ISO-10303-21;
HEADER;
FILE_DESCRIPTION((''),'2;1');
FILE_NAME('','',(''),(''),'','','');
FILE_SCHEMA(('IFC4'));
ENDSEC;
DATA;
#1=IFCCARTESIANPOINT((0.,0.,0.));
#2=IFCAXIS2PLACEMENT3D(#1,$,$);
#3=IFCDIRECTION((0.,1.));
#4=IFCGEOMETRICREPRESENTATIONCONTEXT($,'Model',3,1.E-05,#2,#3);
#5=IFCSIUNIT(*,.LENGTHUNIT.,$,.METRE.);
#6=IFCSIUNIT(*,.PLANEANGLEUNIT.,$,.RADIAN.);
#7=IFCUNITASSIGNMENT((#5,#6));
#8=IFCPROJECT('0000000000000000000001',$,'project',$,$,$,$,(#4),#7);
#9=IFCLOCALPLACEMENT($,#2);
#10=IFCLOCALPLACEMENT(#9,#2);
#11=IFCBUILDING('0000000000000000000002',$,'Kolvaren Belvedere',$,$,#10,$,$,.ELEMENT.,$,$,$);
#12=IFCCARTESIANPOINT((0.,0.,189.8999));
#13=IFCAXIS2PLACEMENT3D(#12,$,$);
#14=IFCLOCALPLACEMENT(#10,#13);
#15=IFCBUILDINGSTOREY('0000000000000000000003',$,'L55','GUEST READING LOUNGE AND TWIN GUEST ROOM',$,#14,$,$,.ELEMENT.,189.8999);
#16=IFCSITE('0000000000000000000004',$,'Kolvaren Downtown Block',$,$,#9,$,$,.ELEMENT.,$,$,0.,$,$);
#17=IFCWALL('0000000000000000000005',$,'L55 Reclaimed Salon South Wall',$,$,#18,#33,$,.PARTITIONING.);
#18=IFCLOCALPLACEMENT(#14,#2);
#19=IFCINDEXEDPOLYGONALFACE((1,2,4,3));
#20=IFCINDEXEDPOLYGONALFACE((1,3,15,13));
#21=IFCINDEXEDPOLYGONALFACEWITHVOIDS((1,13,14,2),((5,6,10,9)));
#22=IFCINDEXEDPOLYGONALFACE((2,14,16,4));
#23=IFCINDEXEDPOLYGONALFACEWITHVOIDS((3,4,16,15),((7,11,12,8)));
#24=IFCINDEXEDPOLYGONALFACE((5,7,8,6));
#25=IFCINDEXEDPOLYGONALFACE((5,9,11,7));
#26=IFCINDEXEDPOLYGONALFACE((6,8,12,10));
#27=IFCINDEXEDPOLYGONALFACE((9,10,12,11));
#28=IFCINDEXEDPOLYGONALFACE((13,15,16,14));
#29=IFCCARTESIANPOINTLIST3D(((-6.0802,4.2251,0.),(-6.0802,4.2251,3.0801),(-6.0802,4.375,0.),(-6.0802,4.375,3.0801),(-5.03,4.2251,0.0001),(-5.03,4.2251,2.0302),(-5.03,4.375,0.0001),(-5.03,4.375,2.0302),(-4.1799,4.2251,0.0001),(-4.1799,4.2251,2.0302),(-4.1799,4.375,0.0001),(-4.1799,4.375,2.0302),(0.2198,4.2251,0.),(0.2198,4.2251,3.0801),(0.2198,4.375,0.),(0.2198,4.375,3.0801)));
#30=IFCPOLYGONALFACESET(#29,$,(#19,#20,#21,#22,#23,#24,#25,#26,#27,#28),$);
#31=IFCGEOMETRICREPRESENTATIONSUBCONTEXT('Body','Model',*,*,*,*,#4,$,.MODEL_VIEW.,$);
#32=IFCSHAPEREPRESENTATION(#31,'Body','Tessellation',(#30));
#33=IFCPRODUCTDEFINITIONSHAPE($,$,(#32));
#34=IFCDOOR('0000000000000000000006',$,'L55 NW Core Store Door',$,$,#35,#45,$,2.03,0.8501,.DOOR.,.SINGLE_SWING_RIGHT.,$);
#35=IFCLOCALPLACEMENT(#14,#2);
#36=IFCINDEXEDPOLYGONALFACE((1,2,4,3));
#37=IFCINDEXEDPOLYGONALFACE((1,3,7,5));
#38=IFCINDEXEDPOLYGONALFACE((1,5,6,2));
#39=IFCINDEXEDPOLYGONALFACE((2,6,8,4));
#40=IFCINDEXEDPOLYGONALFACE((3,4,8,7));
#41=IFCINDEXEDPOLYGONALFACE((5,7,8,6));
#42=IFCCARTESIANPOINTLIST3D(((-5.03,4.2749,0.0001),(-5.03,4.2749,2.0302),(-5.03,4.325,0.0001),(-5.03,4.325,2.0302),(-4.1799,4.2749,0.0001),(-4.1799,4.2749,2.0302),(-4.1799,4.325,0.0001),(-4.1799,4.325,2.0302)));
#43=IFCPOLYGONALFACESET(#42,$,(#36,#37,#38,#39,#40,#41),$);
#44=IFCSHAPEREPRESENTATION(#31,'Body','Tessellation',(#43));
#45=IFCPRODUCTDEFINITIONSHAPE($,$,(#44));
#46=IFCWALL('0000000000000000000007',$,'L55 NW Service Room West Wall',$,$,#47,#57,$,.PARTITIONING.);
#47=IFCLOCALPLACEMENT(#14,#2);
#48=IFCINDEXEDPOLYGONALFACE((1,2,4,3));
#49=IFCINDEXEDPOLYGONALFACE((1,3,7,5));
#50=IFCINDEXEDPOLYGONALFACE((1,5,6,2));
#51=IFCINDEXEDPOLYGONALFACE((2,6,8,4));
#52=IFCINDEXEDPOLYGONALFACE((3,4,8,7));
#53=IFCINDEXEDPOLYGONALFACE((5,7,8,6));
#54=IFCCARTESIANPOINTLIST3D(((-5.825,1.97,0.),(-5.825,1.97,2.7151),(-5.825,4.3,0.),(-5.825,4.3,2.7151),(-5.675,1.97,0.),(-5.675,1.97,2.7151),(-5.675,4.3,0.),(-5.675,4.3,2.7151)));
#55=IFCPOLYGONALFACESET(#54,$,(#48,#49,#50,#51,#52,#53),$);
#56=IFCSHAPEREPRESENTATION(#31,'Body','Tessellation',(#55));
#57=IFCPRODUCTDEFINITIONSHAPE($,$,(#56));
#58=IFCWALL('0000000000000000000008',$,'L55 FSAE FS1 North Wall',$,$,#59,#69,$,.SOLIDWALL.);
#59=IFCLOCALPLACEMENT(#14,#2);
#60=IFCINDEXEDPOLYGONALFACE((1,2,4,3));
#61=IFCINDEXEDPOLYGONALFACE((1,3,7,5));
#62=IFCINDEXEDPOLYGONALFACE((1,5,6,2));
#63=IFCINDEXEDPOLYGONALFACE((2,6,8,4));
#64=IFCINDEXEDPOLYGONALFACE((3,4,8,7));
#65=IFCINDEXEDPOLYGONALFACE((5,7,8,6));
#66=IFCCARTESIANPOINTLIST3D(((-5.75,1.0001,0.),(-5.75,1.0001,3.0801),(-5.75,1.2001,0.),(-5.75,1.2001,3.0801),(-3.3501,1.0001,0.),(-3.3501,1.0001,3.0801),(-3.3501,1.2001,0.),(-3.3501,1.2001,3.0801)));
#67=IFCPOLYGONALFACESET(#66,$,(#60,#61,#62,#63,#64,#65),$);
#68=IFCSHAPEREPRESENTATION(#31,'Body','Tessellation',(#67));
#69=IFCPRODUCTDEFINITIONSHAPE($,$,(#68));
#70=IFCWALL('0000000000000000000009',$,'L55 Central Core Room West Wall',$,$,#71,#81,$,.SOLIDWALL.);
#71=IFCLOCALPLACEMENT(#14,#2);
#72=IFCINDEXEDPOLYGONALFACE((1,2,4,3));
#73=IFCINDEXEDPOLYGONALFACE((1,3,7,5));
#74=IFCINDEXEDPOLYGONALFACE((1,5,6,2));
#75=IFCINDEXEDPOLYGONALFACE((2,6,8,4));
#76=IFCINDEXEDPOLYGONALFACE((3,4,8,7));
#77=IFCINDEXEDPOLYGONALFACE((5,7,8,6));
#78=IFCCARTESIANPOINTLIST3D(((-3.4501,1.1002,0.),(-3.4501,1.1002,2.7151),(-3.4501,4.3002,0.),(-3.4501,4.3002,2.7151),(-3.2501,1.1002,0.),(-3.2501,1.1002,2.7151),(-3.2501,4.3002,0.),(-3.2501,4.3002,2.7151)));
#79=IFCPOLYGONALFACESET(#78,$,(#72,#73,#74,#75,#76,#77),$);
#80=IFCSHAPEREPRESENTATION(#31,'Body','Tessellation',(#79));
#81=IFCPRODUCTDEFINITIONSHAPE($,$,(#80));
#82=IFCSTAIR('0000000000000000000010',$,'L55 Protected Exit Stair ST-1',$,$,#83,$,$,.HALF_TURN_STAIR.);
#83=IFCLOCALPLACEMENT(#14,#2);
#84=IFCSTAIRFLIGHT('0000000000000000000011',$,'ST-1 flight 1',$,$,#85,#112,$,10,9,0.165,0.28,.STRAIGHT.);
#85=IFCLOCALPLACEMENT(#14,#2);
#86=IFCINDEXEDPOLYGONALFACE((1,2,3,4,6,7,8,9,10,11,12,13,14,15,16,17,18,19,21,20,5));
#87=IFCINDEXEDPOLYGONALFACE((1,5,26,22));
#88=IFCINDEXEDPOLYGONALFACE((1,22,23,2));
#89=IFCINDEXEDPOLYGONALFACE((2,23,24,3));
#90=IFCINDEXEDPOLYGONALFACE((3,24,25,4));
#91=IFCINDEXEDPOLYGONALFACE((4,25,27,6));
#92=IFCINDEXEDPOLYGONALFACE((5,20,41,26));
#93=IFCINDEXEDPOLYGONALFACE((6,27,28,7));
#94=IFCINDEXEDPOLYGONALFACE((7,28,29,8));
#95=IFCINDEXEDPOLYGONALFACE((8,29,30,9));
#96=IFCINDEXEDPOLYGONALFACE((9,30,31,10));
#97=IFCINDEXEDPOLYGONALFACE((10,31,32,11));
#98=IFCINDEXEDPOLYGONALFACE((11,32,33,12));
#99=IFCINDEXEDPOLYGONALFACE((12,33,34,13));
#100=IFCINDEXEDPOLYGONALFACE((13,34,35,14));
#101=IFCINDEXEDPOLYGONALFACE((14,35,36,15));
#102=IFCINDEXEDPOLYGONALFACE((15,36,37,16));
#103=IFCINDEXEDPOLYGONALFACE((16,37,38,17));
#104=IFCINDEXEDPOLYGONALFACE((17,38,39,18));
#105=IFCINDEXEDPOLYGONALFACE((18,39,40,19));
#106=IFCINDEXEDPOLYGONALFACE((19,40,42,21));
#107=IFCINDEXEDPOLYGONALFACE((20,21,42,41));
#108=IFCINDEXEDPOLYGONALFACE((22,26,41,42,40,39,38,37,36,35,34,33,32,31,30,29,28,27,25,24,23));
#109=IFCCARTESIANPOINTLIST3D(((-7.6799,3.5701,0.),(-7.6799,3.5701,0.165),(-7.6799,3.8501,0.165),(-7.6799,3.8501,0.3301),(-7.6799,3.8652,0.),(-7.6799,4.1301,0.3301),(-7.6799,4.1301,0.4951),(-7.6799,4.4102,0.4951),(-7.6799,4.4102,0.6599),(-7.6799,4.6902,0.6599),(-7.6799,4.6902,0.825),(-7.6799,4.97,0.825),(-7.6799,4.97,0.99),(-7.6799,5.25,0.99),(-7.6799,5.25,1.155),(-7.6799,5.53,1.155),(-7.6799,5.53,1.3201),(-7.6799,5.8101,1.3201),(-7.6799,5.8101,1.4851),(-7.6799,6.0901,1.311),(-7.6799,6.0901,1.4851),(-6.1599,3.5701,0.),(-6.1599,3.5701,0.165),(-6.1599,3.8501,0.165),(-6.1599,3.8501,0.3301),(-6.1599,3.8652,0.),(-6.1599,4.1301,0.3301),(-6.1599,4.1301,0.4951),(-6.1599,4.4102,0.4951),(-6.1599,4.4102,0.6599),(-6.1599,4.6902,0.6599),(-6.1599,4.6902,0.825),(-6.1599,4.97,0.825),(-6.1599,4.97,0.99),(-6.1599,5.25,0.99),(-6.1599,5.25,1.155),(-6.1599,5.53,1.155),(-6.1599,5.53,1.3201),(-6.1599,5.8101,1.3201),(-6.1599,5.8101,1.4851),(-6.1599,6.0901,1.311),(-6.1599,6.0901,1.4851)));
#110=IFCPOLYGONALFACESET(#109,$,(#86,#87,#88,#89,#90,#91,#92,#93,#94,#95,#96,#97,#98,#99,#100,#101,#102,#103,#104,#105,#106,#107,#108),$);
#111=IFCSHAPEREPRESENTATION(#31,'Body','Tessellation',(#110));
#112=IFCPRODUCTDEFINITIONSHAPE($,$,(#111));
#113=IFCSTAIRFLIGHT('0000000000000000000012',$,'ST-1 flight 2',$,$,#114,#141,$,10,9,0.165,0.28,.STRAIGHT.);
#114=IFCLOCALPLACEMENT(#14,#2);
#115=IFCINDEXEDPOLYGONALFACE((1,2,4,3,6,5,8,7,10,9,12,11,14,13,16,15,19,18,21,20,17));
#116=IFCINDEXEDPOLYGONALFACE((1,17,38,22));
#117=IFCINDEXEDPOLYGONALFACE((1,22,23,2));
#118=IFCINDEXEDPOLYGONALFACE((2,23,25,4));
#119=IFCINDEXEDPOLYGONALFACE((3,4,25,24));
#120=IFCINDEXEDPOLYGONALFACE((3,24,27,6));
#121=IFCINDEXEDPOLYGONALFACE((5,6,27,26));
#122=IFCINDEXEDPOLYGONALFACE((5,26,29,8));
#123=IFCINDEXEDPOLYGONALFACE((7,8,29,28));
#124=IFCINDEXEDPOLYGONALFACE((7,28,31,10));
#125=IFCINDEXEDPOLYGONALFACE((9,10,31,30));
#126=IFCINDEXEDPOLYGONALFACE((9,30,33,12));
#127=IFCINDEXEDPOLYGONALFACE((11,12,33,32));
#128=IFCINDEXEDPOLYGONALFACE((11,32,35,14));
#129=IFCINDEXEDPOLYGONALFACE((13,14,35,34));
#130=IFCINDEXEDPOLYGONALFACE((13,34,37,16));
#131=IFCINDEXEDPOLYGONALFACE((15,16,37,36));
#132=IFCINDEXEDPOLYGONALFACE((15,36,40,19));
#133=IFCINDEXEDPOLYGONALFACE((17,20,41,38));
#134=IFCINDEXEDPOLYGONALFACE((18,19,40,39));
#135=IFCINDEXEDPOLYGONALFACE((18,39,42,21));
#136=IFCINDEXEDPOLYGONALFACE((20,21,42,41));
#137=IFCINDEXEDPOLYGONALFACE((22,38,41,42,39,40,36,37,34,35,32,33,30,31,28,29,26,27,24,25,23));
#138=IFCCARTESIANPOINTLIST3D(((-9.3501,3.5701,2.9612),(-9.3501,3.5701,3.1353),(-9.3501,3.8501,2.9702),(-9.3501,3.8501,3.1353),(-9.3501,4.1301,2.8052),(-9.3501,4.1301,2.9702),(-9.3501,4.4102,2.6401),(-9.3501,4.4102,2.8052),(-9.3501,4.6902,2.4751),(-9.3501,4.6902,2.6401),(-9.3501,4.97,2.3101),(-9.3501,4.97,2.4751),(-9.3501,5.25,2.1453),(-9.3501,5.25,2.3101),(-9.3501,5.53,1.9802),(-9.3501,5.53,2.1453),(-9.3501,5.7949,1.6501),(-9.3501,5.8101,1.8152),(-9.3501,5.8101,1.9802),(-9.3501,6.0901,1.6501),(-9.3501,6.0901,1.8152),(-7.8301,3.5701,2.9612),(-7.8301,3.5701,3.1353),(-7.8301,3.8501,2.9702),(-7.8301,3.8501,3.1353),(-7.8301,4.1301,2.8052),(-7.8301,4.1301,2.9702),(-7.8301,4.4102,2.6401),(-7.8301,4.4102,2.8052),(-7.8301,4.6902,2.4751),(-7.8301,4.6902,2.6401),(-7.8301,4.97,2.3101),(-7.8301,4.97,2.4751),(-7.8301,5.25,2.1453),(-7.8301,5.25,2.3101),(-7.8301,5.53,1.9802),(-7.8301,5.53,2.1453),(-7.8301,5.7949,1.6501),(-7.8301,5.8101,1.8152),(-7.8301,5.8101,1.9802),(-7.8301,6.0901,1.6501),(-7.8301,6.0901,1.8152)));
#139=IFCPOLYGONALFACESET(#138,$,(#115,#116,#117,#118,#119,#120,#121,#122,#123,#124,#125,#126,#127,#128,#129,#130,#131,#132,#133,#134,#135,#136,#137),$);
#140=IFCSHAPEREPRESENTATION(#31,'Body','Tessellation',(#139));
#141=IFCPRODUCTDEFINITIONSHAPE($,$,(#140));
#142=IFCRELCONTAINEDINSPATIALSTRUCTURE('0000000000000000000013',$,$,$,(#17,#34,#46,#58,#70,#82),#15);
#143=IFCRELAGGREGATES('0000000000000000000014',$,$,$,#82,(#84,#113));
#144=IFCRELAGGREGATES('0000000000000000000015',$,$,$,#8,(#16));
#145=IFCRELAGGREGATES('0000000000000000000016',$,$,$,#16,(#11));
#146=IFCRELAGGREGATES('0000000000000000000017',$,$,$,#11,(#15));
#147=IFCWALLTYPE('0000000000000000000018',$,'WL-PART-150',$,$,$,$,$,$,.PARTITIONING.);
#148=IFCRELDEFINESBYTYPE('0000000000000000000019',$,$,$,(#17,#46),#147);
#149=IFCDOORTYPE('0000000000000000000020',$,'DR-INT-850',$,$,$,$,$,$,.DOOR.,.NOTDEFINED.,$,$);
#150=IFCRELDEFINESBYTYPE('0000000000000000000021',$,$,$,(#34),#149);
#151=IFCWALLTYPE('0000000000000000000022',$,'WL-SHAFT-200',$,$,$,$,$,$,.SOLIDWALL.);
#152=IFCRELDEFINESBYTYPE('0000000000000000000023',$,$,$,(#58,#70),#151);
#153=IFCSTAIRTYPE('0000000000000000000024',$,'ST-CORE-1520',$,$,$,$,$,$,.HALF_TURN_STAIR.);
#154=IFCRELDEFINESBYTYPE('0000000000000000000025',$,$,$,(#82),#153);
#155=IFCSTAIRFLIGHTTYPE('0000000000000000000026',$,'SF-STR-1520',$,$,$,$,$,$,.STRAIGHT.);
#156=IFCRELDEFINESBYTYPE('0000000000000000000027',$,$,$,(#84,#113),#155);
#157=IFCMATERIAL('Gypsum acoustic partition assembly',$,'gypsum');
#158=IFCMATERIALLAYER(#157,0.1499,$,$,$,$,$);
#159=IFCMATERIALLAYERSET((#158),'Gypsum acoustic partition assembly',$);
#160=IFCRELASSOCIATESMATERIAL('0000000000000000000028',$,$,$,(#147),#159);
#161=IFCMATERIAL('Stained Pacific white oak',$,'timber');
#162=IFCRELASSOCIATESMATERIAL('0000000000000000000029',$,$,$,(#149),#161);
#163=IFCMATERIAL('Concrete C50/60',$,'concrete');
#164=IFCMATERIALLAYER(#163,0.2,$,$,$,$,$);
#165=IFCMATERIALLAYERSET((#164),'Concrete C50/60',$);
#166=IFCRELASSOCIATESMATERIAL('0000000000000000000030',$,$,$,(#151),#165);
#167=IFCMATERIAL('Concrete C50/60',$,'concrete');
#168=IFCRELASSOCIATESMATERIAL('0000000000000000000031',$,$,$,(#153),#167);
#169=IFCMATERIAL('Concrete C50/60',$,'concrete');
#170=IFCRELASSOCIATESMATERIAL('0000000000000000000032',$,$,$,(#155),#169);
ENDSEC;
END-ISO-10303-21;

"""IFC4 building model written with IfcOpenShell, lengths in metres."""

from ifc_helpers import new_model, si_unit, direction, frame, frame_2d, origin, place, context, subcontext, project, spatial, polyline, rectangle, outline, extrude, material, layer, layer_set, type_object, element, fill, aggregate, save


model = new_model("IFC4")

# Units and contexts
model_context = context("Model", 3, precision=1e-05, world=origin(), true_north=direction((0.0, 1.0)))
body_context = subcontext(model_context, "Body", "Model", "MODEL_VIEW")
ifc_project = project(units=[si_unit("LENGTHUNIT", "METRE"), si_unit("PLANEANGLEUNIT", "RADIAN")], contexts=[model_context])

# Site, building, storey
site_placement = place(None, origin())
site = spatial("IfcSite", under=ifc_project, at=site_placement, Name="Kolvaren Downtown Block", CompositionType="ELEMENT", RefElevation=0.0)
building_placement = place(site_placement, origin())
building = spatial("IfcBuilding", under=site, at=building_placement, Name="Kolvaren Belvedere", CompositionType="ELEMENT")
storey_placement = place(building_placement, frame((0.0, 0.0, 189.8999)))
storey = spatial("IfcBuildingStorey", under=building, at=storey_placement, Name="L55", Description="GUEST READING LOUNGE AND TWIN GUEST ROOM", CompositionType="ELEMENT", Elevation=189.8999)

# Wall, opening, door
ifc_material_1 = material(Name="Gypsum acoustic partition assembly", Category="gypsum")
ifc_layer_1 = layer(ifc_material_1, 0.1499)
ifc_layer_set_1 = layer_set([ifc_layer_1], Name="Gypsum acoustic partition assembly")
wall_type_1 = type_object("IfcWallType", Name="WL-PART-150", PredefinedType="PARTITIONING", material=ifc_layer_set_1)
wall_1_placement = place(storey_placement, frame((-6.0801, 4.3, 0.0), z_axis=(0.0, 0.0, 1.0), x_axis=(1.0, 0.0, 0.0)))
wall_1 = element("IfcWall", 1, at=wall_1_placement, inside=storey, type_object=wall_type_1, Name="L55 Reclaimed Salon South Wall", PredefinedType="PARTITIONING", context=body_context, shape_type="SweptSolid", body=[
    extrude(rectangle(XDim=6.3, YDim=0.1499, at=frame_2d((3.1499, 0.0))), origin(), (0.0, 0.0, 1.0), 3.0801),
])
opening_1_placement = place(wall_1_placement, frame((1.05, 0.0, 0.0)))
opening_1 = element("IfcOpeningElement", 2, at=opening_1_placement, cuts=wall_1, PredefinedType="OPENING", context=body_context, shape_type="SweptSolid", body=[
    extrude(rectangle(XDim=0.8501, YDim=2.03, at=frame_2d((0.425, 1.0151))), frame((0.0, 0.085, 0.0), z_axis=(0.0, -1.0, 0.0), x_axis=(1.0, 0.0, 0.0)), (0.0, 0.0, 1.0), 0.1699),
])
ifc_material_2 = material(Name="Stained Pacific white oak", Category="timber")
door_type_1 = type_object("IfcDoorType", Name="DR-INT-850", OperationType="NOTDEFINED", PredefinedType="DOOR", material=ifc_material_2)
door_1_placement = place(opening_1_placement, origin())
door_1 = element("IfcDoor", 3, at=door_1_placement, inside=storey, type_object=door_type_1, Name="L55 NW Core Store Door", OperationType="SINGLE_SWING_RIGHT", OverallHeight=2.03, OverallWidth=0.8501, PredefinedType="DOOR", context=body_context, shape_type="SweptSolid", body=[
    extrude(rectangle(XDim=0.8501, YDim=2.03, at=frame_2d((0.425, 1.0151))), frame((0.0, 0.0249, 0.0), z_axis=(0.0, -1.0, 0.0), x_axis=(1.0, 0.0, 0.0)), (0.0, 0.0, 1.0), 0.05),
])
fill(opening_1, door_1)

# Walls
wall_2_placement = place(storey_placement, frame((-5.75, 1.97, 0.0), z_axis=(0.0, 0.0, 1.0), x_axis=(0.0, 1.0, 0.0)))
element("IfcWall", 4, at=wall_2_placement, inside=storey, type_object=wall_type_1, Name="L55 NW Service Room West Wall", PredefinedType="PARTITIONING", context=body_context, shape_type="SweptSolid", body=[
    extrude(rectangle(XDim=2.3301, YDim=0.1499, at=frame_2d((1.165, 0.0))), origin(), (0.0, 0.0, 1.0), 2.7151),
])
ifc_material_3 = material(Name="Concrete C50/60", Category="concrete")
ifc_layer_2 = layer(ifc_material_3, 0.2)
ifc_layer_set_2 = layer_set([ifc_layer_2], Name="Concrete C50/60")
wall_type_2 = type_object("IfcWallType", Name="WL-SHAFT-200", PredefinedType="SOLIDWALL", material=ifc_layer_set_2)
wall_3_placement = place(storey_placement, frame((-5.75, 1.1001, 0.0), z_axis=(0.0, 0.0, 1.0), x_axis=(1.0, 0.0, 0.0)))
element("IfcWall", 5, at=wall_3_placement, inside=storey, type_object=wall_type_2, Name="L55 FSAE FS1 North Wall", PredefinedType="SOLIDWALL", context=body_context, shape_type="SweptSolid", body=[
    extrude(rectangle(XDim=2.3999, YDim=0.2, at=frame_2d((1.2, 0.0))), origin(), (0.0, 0.0, 1.0), 3.0801),
])
wall_4_placement = place(storey_placement, frame((-3.3501, 1.1001, 0.0), z_axis=(0.0, 0.0, 1.0), x_axis=(0.0, 1.0, 0.0)))
element("IfcWall", 6, at=wall_4_placement, inside=storey, type_object=wall_type_2, Name="L55 Central Core Room West Wall", PredefinedType="SOLIDWALL", context=body_context, shape_type="SweptSolid", body=[
    extrude(rectangle(XDim=3.2, YDim=0.2, at=frame_2d((1.6001, 0.0))), origin(), (0.0, 0.0, 1.0), 2.7151),
])

# Stair, stair flights
ifc_material_4 = material(Name="Concrete C50/60", Category="concrete")
stair_type = type_object("IfcStairType", Name="ST-CORE-1520", PredefinedType="HALF_TURN_STAIR", material=ifc_material_4)
stair_placement = place(storey_placement, origin())
stair = element("IfcStair", 7, at=stair_placement, inside=storey, type_object=stair_type, Name="L55 Protected Exit Stair ST-1", PredefinedType="HALF_TURN_STAIR")
ifc_material_5 = material(Name="Concrete C50/60", Category="concrete")
stair_flight_type = type_object("IfcStairFlightType", Name="SF-STR-1520", PredefinedType="STRAIGHT", material=ifc_material_5)
stair_flight_1_placement = place(storey_placement, frame((-6.9199, 3.5701, 0.0), z_axis=(0.0, 0.0, 1.0), x_axis=(0.0, 1.0, 0.0)))
stair_flight_1 = element("IfcStairFlight", 8, at=stair_flight_1_placement, type_object=stair_flight_type, Name="ST-1 flight 1", NumberOfRisers=10, NumberOfTreads=9, PredefinedType="STRAIGHT", RiserHeight=0.165, TreadLength=0.28, context=body_context, shape_type="SweptSolid", body=[
    extrude(outline(polyline([(0.0, 0.0), (0.0, 0.165), (0.28, 0.165), (0.28, 0.3301), (0.5601, 0.3301), (0.5601, 0.4951), (0.8401, 0.4951), (0.8401, 0.6599), (1.1201, 0.6599), (1.1201, 0.825), (1.3999, 0.825), (1.3999, 0.99), (1.6799, 0.99), (1.6799, 1.155), (1.96, 1.155), (1.96, 1.3201), (2.24, 1.3201), (2.24, 1.4851), (2.52, 1.4851), (2.52, 1.6499), (2.52, 1.311), (0.2952, 0.0), (0.0, 0.0)])), frame((0.0, 0.76, 0.0), z_axis=(0.0, -1.0, 0.0), x_axis=(1.0, 0.0, 0.0)), (0.0, 0.0, 1.0), 1.52),
])
stair_flight_2_placement = place(storey_placement, frame((-8.5901, 6.0901, 1.6501), z_axis=(0.0, 0.0, 1.0), x_axis=(0.0, -1.0, 0.0)))
stair_flight_2 = element("IfcStairFlight", 9, at=stair_flight_2_placement, type_object=stair_flight_type, Name="ST-1 flight 2", NumberOfRisers=10, NumberOfTreads=9, PredefinedType="STRAIGHT", RiserHeight=0.165, TreadLength=0.28, context=body_context, shape_type="SweptSolid", body=[
    extrude(outline(polyline([(0.0, 0.0), (0.0, 0.165), (0.28, 0.165), (0.28, 0.3301), (0.5601, 0.3301), (0.5601, 0.4951), (0.8401, 0.4951), (0.8401, 0.6599), (1.1201, 0.6599), (1.1201, 0.825), (1.3999, 0.825), (1.3999, 0.99), (1.6799, 0.99), (1.6799, 1.155), (1.96, 1.155), (1.96, 1.3201), (2.24, 1.3201), (2.24, 1.4851), (2.52, 1.4851), (2.52, 1.6499), (2.52, 1.311), (0.2952, 0.0), (0.0, 0.0)])), frame((0.0, 0.76, 0.0), z_axis=(0.0, -1.0, 0.0), x_axis=(1.0, 0.0, 0.0)), (0.0, 0.0, 1.0), 1.52),
])
aggregate(stair, [stair_flight_1, stair_flight_2])

save(model, "model.ifc")
